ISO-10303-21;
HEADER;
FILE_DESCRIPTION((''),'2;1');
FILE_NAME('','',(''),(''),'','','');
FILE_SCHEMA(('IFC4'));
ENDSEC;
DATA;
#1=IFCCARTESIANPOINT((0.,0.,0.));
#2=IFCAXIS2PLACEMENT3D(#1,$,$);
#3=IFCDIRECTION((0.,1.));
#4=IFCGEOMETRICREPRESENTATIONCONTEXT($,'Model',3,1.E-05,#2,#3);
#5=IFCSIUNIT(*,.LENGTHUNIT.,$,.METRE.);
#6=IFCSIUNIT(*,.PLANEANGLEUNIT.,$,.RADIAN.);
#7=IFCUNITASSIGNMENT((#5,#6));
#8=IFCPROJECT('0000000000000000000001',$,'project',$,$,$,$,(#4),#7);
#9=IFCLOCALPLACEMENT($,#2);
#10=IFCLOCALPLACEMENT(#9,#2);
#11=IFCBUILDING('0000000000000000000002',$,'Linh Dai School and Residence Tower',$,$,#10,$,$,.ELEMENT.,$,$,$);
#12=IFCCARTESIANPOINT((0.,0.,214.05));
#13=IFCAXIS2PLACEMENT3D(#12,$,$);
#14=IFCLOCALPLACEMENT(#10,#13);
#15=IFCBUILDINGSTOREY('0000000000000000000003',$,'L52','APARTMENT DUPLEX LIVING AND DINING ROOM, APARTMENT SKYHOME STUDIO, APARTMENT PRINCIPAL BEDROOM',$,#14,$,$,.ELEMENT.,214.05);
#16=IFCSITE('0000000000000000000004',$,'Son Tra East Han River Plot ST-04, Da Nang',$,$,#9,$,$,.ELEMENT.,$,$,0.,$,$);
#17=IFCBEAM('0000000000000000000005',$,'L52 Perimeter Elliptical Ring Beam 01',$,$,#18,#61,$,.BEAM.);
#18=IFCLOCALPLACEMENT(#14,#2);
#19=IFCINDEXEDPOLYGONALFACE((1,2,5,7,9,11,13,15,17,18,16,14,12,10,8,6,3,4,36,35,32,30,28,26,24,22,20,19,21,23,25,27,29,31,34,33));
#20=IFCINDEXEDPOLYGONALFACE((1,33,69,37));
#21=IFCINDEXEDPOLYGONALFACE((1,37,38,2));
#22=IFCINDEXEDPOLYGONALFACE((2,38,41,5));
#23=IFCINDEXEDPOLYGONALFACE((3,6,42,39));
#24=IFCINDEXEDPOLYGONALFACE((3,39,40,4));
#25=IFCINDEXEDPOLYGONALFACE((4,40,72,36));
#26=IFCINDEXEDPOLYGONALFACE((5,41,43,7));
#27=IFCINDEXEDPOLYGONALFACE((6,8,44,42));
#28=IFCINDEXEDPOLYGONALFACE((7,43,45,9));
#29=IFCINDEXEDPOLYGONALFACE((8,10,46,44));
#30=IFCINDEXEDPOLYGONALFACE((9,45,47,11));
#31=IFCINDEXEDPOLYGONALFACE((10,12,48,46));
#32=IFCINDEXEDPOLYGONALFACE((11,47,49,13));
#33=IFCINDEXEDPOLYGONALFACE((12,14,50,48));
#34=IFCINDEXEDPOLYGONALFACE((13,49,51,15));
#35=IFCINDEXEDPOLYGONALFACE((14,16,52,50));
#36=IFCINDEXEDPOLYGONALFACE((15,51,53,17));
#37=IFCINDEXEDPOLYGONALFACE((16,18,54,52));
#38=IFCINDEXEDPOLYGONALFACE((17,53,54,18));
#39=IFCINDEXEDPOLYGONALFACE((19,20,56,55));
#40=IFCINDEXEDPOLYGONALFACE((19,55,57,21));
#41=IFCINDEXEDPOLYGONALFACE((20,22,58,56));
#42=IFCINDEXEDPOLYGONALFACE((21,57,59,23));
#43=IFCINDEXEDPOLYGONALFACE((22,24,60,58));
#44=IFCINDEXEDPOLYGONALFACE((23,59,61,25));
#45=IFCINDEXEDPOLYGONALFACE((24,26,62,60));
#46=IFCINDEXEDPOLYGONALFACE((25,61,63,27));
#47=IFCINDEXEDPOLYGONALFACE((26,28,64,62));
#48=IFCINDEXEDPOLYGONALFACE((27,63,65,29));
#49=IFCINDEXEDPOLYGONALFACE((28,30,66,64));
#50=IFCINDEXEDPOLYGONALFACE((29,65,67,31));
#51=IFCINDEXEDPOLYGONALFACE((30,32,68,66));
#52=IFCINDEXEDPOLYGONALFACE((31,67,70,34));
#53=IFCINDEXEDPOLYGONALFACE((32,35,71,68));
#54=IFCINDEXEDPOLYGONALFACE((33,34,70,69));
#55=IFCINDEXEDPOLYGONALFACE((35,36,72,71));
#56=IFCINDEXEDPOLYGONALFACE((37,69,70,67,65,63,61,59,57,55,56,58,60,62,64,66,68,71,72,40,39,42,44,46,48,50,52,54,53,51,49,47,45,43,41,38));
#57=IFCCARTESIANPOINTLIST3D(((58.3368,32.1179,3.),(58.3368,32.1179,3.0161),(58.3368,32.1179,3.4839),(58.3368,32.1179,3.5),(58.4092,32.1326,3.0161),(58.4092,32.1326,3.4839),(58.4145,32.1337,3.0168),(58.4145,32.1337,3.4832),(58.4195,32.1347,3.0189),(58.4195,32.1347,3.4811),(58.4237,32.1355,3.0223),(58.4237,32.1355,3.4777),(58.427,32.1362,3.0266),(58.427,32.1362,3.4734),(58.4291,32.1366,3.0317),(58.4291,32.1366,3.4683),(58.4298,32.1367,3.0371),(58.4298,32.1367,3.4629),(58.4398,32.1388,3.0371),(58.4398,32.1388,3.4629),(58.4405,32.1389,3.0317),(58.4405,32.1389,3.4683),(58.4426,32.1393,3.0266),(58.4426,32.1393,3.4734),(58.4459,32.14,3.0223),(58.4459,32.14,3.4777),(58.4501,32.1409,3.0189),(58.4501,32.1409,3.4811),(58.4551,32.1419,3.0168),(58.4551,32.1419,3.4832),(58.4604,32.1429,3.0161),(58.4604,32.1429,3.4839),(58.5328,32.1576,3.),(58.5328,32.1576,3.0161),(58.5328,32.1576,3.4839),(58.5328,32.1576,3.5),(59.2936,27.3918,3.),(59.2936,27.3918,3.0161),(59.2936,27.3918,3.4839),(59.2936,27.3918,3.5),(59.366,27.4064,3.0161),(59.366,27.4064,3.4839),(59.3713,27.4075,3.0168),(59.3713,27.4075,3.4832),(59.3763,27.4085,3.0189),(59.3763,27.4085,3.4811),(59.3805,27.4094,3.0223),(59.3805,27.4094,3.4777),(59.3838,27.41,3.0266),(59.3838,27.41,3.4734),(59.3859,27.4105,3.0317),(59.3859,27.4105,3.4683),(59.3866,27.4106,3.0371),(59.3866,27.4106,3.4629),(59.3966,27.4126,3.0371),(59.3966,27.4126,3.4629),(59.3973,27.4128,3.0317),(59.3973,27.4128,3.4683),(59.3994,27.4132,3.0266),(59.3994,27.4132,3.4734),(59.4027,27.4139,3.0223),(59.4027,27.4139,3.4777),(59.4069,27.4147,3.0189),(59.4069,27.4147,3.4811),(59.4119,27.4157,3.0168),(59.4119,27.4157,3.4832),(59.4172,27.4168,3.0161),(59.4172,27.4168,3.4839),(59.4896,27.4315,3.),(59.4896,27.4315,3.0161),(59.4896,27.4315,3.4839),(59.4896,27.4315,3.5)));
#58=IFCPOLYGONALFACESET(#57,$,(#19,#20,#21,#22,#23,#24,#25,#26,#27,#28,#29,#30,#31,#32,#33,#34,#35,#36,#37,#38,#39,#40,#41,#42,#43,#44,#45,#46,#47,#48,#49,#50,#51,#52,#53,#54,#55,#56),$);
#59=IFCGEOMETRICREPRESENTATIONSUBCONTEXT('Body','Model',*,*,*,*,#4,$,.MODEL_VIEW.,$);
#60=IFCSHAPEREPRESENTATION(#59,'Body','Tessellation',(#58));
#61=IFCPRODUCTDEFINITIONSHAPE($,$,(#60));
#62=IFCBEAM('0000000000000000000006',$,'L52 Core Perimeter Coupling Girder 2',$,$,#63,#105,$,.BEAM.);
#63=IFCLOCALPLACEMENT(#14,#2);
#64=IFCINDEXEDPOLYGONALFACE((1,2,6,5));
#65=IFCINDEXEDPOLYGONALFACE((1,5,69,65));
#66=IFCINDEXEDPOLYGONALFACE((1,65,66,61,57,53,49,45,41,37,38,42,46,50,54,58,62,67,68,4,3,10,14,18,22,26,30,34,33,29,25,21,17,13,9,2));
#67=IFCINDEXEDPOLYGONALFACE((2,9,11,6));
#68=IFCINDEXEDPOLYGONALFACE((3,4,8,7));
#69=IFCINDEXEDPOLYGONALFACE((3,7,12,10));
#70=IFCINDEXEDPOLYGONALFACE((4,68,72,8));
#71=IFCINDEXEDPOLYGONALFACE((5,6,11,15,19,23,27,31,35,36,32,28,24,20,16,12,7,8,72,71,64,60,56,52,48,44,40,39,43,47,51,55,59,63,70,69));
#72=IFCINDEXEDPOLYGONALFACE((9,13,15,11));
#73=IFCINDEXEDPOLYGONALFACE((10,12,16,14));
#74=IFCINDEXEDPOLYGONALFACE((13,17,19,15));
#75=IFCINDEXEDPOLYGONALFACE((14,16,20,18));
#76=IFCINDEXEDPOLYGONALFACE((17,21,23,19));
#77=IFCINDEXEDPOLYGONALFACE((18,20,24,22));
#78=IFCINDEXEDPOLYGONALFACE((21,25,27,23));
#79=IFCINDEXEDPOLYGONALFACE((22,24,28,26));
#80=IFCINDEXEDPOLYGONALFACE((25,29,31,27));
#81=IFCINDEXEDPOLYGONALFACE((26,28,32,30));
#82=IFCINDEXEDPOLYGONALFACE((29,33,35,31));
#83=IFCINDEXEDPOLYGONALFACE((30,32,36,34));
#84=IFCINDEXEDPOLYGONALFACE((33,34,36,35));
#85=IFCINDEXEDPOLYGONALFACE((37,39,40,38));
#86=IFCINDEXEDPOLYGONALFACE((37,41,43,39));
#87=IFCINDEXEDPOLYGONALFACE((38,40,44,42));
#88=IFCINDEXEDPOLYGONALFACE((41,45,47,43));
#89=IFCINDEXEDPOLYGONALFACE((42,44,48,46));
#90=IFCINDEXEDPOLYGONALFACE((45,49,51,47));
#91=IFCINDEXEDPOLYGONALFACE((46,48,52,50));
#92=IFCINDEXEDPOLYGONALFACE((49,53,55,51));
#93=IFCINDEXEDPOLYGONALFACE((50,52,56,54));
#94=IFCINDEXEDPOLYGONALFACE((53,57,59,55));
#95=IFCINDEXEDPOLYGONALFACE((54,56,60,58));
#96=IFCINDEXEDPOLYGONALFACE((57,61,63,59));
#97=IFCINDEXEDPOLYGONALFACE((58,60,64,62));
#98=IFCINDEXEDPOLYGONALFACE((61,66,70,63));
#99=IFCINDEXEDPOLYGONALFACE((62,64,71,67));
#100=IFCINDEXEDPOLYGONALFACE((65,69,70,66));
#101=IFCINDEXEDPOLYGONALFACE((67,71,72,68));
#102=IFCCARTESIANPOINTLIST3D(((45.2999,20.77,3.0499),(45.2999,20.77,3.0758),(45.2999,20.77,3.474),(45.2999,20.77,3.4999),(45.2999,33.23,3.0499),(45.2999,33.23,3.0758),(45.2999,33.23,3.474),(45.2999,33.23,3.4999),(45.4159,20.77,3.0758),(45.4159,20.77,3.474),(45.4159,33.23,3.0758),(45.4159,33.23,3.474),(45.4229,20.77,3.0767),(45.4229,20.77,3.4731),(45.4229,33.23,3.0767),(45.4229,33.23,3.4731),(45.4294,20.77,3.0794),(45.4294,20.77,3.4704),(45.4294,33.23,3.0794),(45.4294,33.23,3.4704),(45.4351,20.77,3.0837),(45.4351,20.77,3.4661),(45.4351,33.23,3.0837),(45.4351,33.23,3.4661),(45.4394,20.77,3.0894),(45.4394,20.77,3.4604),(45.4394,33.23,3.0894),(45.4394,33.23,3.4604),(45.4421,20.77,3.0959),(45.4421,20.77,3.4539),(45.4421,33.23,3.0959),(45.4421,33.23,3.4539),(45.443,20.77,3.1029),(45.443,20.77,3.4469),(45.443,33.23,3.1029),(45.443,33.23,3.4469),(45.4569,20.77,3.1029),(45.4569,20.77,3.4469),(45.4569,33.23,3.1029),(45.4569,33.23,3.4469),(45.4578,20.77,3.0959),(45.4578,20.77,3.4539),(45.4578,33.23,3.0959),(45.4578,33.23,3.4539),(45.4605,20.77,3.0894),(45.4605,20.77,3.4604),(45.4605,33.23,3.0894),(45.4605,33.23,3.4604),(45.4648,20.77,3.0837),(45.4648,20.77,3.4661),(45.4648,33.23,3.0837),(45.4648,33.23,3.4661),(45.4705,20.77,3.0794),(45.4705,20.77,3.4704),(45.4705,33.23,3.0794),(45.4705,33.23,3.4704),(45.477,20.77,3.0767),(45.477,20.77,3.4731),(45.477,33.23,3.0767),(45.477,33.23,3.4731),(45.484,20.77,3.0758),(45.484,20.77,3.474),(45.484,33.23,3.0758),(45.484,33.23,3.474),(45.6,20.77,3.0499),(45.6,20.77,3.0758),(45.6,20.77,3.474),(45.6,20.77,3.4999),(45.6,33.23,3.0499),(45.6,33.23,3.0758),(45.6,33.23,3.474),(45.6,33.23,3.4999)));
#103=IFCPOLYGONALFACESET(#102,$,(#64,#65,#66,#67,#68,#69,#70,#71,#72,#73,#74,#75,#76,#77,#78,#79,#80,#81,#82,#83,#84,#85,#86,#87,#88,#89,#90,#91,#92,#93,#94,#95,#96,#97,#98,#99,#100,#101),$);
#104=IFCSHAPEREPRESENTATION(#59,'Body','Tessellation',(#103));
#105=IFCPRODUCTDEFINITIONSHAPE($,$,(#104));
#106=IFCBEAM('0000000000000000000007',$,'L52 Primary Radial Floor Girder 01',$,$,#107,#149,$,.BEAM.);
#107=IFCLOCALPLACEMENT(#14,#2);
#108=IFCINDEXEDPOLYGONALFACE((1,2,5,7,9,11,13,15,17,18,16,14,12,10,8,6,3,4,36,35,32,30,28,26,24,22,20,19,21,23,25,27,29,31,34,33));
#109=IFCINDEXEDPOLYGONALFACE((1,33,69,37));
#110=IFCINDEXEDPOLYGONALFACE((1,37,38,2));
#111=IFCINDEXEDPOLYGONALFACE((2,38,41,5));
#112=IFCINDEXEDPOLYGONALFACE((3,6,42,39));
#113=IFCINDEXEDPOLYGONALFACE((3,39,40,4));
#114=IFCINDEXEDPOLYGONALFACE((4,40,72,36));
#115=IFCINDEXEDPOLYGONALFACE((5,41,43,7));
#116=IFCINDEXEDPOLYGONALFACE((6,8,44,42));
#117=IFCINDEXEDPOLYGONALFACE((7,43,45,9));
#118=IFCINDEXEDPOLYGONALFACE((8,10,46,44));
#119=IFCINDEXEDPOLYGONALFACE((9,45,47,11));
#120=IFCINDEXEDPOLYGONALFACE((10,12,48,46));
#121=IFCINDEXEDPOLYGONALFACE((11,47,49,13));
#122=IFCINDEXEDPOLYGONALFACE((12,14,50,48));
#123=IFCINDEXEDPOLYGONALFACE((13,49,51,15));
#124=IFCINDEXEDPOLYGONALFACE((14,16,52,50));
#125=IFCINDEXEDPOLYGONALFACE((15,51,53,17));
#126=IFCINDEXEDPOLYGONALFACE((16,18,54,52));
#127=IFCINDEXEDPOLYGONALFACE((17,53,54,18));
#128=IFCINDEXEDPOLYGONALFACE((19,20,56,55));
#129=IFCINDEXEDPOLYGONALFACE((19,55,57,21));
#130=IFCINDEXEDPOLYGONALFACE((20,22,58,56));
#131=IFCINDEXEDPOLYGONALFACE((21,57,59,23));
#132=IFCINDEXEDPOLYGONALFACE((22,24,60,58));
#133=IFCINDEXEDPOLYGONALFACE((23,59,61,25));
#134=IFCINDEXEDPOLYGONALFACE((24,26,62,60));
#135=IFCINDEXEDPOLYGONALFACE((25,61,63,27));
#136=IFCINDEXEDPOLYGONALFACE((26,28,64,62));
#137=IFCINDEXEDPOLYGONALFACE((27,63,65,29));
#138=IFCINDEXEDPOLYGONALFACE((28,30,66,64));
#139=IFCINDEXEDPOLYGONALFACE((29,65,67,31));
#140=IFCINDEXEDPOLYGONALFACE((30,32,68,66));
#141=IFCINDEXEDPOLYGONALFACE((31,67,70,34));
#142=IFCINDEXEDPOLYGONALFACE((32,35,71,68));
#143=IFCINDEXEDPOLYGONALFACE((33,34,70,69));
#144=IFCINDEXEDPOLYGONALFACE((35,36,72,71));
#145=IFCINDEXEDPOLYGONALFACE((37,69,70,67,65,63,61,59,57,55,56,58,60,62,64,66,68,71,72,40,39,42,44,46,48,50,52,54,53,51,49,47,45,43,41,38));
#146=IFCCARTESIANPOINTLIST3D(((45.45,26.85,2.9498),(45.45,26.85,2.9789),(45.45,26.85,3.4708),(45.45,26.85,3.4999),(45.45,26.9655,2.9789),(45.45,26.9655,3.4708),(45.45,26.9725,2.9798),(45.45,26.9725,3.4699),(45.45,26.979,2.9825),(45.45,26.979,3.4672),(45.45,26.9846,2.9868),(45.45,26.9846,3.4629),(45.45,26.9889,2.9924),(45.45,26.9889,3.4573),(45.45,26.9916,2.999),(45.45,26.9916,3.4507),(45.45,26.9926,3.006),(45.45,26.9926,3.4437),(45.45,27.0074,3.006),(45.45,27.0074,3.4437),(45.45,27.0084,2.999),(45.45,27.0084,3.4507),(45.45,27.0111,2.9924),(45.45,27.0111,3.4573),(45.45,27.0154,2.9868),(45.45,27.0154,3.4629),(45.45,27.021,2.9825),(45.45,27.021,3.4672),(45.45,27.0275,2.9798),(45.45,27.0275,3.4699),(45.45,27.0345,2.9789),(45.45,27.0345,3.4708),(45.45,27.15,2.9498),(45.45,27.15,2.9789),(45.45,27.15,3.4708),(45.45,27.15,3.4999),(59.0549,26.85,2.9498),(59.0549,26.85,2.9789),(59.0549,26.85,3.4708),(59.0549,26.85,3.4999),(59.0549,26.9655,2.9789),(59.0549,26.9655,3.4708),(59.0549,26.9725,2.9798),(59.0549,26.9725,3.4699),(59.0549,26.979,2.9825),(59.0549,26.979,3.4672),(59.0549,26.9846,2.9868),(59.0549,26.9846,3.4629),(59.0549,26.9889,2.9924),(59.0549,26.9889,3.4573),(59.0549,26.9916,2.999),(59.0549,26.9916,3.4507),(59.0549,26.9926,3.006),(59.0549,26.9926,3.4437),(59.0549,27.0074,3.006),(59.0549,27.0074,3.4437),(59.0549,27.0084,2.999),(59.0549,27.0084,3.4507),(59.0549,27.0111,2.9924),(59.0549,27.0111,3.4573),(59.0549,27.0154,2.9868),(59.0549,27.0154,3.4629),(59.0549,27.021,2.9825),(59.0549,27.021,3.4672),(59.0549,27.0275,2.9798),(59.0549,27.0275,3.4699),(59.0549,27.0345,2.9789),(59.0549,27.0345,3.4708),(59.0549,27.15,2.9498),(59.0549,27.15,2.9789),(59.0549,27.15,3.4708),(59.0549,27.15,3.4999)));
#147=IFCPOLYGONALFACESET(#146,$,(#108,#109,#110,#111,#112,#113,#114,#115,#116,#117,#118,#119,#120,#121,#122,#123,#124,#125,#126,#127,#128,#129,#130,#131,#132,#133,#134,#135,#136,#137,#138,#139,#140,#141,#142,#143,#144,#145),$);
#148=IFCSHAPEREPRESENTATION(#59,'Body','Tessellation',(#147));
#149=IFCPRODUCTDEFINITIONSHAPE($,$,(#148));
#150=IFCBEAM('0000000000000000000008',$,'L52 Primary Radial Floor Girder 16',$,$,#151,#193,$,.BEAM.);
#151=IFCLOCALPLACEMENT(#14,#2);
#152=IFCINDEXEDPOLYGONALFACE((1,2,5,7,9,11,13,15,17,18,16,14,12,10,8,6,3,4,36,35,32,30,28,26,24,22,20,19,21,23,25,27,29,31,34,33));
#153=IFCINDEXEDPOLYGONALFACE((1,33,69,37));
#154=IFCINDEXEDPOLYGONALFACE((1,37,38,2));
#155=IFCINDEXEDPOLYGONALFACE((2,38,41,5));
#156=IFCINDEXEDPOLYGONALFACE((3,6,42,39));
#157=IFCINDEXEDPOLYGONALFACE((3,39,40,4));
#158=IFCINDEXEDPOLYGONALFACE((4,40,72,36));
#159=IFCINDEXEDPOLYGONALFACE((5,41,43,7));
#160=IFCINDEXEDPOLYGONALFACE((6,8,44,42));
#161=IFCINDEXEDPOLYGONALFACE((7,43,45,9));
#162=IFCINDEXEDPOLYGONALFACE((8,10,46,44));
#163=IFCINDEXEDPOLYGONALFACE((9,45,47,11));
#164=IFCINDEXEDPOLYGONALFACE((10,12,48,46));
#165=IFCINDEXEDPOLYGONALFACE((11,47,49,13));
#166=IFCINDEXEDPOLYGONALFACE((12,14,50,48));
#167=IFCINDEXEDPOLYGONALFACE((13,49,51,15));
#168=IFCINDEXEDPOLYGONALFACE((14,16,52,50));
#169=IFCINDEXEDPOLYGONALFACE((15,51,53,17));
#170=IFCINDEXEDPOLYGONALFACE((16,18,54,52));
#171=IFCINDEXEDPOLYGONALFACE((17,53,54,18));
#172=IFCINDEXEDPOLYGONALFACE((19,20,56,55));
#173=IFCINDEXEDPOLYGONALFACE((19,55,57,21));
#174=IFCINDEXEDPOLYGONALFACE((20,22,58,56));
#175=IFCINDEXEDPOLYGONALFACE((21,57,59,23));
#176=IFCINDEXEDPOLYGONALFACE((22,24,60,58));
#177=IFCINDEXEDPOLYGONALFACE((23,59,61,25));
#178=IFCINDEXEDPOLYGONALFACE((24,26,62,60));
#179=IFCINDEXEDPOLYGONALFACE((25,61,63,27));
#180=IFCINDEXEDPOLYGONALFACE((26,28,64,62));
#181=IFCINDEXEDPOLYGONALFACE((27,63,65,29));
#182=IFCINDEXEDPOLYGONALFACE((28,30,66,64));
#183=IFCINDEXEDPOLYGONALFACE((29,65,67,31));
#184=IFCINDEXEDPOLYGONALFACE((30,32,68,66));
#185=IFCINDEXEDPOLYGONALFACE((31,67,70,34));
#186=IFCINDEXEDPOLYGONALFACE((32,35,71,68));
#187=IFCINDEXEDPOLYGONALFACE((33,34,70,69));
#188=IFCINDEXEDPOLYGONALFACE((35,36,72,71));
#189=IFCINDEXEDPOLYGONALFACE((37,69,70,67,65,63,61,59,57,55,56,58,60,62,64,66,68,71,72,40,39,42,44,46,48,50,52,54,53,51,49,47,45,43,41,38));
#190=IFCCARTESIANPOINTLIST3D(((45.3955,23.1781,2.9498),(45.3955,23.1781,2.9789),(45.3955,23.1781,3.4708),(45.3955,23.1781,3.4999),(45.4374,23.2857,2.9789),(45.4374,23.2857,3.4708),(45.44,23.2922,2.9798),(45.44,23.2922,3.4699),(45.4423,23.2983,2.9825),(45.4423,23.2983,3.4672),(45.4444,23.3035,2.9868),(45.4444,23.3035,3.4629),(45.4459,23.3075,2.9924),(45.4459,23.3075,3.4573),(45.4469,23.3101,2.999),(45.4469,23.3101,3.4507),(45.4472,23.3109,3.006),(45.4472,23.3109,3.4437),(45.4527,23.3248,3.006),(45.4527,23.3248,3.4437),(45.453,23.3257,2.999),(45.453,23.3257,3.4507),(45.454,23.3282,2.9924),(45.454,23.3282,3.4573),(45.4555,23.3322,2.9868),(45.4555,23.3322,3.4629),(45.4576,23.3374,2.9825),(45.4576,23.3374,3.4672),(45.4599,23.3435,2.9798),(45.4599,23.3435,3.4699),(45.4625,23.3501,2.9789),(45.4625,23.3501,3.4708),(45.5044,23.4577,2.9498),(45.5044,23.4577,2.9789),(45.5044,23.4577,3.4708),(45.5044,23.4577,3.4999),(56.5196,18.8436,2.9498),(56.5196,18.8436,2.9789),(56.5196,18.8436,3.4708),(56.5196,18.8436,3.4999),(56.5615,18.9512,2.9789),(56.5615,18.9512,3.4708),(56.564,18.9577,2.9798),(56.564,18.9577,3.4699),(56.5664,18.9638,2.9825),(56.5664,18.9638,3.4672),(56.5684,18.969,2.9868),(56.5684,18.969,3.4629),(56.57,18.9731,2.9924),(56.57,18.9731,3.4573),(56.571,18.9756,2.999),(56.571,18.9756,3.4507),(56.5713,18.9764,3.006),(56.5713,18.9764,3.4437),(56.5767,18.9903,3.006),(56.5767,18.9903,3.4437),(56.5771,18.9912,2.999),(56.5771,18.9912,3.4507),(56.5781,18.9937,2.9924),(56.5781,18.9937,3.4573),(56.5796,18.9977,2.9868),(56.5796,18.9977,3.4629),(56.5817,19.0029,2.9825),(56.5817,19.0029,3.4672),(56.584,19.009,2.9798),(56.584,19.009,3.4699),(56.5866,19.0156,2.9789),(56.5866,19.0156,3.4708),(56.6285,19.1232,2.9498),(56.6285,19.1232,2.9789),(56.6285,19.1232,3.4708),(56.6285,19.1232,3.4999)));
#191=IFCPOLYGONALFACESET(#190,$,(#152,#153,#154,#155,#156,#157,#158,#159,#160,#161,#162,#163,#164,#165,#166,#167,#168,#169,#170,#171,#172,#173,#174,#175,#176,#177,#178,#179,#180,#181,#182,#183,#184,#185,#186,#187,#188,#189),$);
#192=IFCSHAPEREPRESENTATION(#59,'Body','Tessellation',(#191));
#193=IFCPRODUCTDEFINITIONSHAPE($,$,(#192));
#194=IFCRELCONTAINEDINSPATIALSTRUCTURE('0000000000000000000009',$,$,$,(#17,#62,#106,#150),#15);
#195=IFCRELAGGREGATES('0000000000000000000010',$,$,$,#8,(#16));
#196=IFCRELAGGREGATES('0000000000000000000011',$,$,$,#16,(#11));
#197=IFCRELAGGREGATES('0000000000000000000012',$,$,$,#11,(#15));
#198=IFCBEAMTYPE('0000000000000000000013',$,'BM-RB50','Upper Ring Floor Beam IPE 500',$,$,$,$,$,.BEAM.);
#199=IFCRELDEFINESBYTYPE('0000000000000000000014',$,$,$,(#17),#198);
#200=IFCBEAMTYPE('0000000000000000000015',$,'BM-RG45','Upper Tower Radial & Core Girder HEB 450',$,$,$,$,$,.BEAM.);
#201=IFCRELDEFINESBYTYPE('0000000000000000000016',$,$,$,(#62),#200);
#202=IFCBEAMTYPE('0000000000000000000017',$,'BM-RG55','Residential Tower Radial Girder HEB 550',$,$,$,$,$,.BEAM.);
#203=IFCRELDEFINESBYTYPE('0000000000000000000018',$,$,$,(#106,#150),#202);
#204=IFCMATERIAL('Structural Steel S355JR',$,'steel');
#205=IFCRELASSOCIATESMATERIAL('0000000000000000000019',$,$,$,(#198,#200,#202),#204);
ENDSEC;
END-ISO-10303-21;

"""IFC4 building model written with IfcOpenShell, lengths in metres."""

from ifc_helpers import new_model, si_unit, direction, frame, origin, origin_2d, place, context, subcontext, project, spatial, i_section, extrude, material, material_profile, profile_set, type_object, element, save


model = new_model("IFC4")

# Units and contexts
model_context = context("Model", 3, precision=1e-05, world=origin(), true_north=direction((0.0, 1.0)))
body_context = subcontext(model_context, "Body", "Model", "MODEL_VIEW")
ifc_project = project(units=[si_unit("LENGTHUNIT", "METRE"), si_unit("PLANEANGLEUNIT", "RADIAN")], contexts=[model_context])

# Site, building, storey
site_placement = place(None, origin())
site = spatial("IfcSite", under=ifc_project, at=site_placement, Name="Son Tra East Han River Plot ST-04, Da Nang", CompositionType="ELEMENT", RefElevation=0.0)
building_placement = place(site_placement, origin())
building = spatial("IfcBuilding", under=site, at=building_placement, Name="Linh Dai School and Residence Tower", CompositionType="ELEMENT")
storey_placement = place(building_placement, frame((0.0, 0.0, 214.05)))
storey = spatial("IfcBuildingStorey", under=building, at=storey_placement, Name="L52", Description="APARTMENT DUPLEX LIVING AND DINING ROOM, APARTMENT SKYHOME STUDIO, APARTMENT PRINCIPAL BEDROOM", CompositionType="ELEMENT", Elevation=214.05)

# Shared definitions
ifc_material_1 = material(Name="Structural Steel S355JR", Category="steel")

# Beams
ifc_material_profile_1 = material_profile(ifc_material_1, i_section(OverallWidth=0.2, OverallDepth=0.5, WebThickness=0.0103, FlangeThickness=0.0161, FilletRadius=0.021, at=origin_2d()), Name="IPE 500")
ifc_profile_set_1 = profile_set([ifc_material_profile_1], Name="Structural Steel S355JR")
beam_type_1 = type_object("IfcBeamType", Name="BM-RB50", Description="Upper Ring Floor Beam IPE 500", PredefinedType="BEAM", material=ifc_profile_set_1)
beam_1_placement = place(storey_placement, frame((59.3916, 27.4116, 3.25), z_axis=(-0.198423, 0.980116, 0.0), x_axis=(-0.980116, -0.198423, 0.0)))
element("IfcBeam", 1, at=beam_1_placement, inside=storey, type_object=beam_type_1, Name="L52 Perimeter Elliptical Ring Beam 01", PredefinedType="BEAM", context=body_context, shape_type="SweptSolid", body=[
    extrude(i_section(OverallWidth=0.2, OverallDepth=0.5, WebThickness=0.0103, FlangeThickness=0.0161, FilletRadius=0.021, at=origin_2d()), origin(), (0.0, 0.0, 1.0), 4.822),
])
ifc_material_profile_2 = material_profile(ifc_material_1, i_section(OverallWidth=0.3, OverallDepth=0.45, WebThickness=0.0139, FlangeThickness=0.0259, FilletRadius=0.0271, at=origin_2d()), Name="HEB 450")
ifc_profile_set_2 = profile_set([ifc_material_profile_2], Name="Structural Steel S355JR")
beam_type_2 = type_object("IfcBeamType", Name="BM-RG45", Description="Upper Tower Radial & Core Girder HEB 450", PredefinedType="BEAM", material=ifc_profile_set_2)
beam_2_placement = place(storey_placement, frame((45.45, 20.77, 3.2749), z_axis=(0.0, 1.0, 0.0), x_axis=(-1.0, 0.0, 0.0)))
element("IfcBeam", 2, at=beam_2_placement, inside=storey, type_object=beam_type_2, Name="L52 Core Perimeter Coupling Girder 2", PredefinedType="BEAM", context=body_context, shape_type="SweptSolid", body=[
    extrude(i_section(OverallWidth=0.3, OverallDepth=0.45, WebThickness=0.0139, FlangeThickness=0.0259, FilletRadius=0.0271, at=origin_2d()), origin(), (0.0, 0.0, 1.0), 12.46),
])
ifc_material_profile_3 = material_profile(ifc_material_1, i_section(OverallWidth=0.3, OverallDepth=0.55, WebThickness=0.0149, FlangeThickness=0.0291, FilletRadius=0.0271, at=origin_2d()), Name="HEB 550")
ifc_profile_set_3 = profile_set([ifc_material_profile_3], Name="Structural Steel S355JR")
beam_type_3 = type_object("IfcBeamType", Name="BM-RG55", Description="Residential Tower Radial Girder HEB 550", PredefinedType="BEAM", material=ifc_profile_set_3)
beam_3_placement = place(storey_placement, frame((45.45, 27.0, 3.2249), z_axis=(1.0, 0.0, 0.0), x_axis=(0.0, 1.0, 0.0)))
element("IfcBeam", 3, at=beam_3_placement, inside=storey, type_object=beam_type_3, Name="L52 Primary Radial Floor Girder 01", PredefinedType="BEAM", context=body_context, shape_type="SweptSolid", body=[
    extrude(i_section(OverallWidth=0.3, OverallDepth=0.55, WebThickness=0.0149, FlangeThickness=0.0291, FilletRadius=0.0271, at=origin_2d()), origin(), (0.0, 0.0, 1.0), 13.605),
])
beam_4_placement = place(storey_placement, frame((45.45, 23.3179, 3.2249), z_axis=(0.931765, -0.363062, 0.0), x_axis=(0.363062, 0.931765, 0.0)))
element("IfcBeam", 4, at=beam_4_placement, inside=storey, type_object=beam_type_3, Name="L52 Primary Radial Floor Girder 16", PredefinedType="BEAM", context=body_context, shape_type="SweptSolid", body=[
    extrude(i_section(OverallWidth=0.3, OverallDepth=0.55, WebThickness=0.0149, FlangeThickness=0.0291, FilletRadius=0.0271, at=origin_2d()), origin(), (0.0, 0.0, 1.0), 11.9387),
])

save(model, "model.ifc")
